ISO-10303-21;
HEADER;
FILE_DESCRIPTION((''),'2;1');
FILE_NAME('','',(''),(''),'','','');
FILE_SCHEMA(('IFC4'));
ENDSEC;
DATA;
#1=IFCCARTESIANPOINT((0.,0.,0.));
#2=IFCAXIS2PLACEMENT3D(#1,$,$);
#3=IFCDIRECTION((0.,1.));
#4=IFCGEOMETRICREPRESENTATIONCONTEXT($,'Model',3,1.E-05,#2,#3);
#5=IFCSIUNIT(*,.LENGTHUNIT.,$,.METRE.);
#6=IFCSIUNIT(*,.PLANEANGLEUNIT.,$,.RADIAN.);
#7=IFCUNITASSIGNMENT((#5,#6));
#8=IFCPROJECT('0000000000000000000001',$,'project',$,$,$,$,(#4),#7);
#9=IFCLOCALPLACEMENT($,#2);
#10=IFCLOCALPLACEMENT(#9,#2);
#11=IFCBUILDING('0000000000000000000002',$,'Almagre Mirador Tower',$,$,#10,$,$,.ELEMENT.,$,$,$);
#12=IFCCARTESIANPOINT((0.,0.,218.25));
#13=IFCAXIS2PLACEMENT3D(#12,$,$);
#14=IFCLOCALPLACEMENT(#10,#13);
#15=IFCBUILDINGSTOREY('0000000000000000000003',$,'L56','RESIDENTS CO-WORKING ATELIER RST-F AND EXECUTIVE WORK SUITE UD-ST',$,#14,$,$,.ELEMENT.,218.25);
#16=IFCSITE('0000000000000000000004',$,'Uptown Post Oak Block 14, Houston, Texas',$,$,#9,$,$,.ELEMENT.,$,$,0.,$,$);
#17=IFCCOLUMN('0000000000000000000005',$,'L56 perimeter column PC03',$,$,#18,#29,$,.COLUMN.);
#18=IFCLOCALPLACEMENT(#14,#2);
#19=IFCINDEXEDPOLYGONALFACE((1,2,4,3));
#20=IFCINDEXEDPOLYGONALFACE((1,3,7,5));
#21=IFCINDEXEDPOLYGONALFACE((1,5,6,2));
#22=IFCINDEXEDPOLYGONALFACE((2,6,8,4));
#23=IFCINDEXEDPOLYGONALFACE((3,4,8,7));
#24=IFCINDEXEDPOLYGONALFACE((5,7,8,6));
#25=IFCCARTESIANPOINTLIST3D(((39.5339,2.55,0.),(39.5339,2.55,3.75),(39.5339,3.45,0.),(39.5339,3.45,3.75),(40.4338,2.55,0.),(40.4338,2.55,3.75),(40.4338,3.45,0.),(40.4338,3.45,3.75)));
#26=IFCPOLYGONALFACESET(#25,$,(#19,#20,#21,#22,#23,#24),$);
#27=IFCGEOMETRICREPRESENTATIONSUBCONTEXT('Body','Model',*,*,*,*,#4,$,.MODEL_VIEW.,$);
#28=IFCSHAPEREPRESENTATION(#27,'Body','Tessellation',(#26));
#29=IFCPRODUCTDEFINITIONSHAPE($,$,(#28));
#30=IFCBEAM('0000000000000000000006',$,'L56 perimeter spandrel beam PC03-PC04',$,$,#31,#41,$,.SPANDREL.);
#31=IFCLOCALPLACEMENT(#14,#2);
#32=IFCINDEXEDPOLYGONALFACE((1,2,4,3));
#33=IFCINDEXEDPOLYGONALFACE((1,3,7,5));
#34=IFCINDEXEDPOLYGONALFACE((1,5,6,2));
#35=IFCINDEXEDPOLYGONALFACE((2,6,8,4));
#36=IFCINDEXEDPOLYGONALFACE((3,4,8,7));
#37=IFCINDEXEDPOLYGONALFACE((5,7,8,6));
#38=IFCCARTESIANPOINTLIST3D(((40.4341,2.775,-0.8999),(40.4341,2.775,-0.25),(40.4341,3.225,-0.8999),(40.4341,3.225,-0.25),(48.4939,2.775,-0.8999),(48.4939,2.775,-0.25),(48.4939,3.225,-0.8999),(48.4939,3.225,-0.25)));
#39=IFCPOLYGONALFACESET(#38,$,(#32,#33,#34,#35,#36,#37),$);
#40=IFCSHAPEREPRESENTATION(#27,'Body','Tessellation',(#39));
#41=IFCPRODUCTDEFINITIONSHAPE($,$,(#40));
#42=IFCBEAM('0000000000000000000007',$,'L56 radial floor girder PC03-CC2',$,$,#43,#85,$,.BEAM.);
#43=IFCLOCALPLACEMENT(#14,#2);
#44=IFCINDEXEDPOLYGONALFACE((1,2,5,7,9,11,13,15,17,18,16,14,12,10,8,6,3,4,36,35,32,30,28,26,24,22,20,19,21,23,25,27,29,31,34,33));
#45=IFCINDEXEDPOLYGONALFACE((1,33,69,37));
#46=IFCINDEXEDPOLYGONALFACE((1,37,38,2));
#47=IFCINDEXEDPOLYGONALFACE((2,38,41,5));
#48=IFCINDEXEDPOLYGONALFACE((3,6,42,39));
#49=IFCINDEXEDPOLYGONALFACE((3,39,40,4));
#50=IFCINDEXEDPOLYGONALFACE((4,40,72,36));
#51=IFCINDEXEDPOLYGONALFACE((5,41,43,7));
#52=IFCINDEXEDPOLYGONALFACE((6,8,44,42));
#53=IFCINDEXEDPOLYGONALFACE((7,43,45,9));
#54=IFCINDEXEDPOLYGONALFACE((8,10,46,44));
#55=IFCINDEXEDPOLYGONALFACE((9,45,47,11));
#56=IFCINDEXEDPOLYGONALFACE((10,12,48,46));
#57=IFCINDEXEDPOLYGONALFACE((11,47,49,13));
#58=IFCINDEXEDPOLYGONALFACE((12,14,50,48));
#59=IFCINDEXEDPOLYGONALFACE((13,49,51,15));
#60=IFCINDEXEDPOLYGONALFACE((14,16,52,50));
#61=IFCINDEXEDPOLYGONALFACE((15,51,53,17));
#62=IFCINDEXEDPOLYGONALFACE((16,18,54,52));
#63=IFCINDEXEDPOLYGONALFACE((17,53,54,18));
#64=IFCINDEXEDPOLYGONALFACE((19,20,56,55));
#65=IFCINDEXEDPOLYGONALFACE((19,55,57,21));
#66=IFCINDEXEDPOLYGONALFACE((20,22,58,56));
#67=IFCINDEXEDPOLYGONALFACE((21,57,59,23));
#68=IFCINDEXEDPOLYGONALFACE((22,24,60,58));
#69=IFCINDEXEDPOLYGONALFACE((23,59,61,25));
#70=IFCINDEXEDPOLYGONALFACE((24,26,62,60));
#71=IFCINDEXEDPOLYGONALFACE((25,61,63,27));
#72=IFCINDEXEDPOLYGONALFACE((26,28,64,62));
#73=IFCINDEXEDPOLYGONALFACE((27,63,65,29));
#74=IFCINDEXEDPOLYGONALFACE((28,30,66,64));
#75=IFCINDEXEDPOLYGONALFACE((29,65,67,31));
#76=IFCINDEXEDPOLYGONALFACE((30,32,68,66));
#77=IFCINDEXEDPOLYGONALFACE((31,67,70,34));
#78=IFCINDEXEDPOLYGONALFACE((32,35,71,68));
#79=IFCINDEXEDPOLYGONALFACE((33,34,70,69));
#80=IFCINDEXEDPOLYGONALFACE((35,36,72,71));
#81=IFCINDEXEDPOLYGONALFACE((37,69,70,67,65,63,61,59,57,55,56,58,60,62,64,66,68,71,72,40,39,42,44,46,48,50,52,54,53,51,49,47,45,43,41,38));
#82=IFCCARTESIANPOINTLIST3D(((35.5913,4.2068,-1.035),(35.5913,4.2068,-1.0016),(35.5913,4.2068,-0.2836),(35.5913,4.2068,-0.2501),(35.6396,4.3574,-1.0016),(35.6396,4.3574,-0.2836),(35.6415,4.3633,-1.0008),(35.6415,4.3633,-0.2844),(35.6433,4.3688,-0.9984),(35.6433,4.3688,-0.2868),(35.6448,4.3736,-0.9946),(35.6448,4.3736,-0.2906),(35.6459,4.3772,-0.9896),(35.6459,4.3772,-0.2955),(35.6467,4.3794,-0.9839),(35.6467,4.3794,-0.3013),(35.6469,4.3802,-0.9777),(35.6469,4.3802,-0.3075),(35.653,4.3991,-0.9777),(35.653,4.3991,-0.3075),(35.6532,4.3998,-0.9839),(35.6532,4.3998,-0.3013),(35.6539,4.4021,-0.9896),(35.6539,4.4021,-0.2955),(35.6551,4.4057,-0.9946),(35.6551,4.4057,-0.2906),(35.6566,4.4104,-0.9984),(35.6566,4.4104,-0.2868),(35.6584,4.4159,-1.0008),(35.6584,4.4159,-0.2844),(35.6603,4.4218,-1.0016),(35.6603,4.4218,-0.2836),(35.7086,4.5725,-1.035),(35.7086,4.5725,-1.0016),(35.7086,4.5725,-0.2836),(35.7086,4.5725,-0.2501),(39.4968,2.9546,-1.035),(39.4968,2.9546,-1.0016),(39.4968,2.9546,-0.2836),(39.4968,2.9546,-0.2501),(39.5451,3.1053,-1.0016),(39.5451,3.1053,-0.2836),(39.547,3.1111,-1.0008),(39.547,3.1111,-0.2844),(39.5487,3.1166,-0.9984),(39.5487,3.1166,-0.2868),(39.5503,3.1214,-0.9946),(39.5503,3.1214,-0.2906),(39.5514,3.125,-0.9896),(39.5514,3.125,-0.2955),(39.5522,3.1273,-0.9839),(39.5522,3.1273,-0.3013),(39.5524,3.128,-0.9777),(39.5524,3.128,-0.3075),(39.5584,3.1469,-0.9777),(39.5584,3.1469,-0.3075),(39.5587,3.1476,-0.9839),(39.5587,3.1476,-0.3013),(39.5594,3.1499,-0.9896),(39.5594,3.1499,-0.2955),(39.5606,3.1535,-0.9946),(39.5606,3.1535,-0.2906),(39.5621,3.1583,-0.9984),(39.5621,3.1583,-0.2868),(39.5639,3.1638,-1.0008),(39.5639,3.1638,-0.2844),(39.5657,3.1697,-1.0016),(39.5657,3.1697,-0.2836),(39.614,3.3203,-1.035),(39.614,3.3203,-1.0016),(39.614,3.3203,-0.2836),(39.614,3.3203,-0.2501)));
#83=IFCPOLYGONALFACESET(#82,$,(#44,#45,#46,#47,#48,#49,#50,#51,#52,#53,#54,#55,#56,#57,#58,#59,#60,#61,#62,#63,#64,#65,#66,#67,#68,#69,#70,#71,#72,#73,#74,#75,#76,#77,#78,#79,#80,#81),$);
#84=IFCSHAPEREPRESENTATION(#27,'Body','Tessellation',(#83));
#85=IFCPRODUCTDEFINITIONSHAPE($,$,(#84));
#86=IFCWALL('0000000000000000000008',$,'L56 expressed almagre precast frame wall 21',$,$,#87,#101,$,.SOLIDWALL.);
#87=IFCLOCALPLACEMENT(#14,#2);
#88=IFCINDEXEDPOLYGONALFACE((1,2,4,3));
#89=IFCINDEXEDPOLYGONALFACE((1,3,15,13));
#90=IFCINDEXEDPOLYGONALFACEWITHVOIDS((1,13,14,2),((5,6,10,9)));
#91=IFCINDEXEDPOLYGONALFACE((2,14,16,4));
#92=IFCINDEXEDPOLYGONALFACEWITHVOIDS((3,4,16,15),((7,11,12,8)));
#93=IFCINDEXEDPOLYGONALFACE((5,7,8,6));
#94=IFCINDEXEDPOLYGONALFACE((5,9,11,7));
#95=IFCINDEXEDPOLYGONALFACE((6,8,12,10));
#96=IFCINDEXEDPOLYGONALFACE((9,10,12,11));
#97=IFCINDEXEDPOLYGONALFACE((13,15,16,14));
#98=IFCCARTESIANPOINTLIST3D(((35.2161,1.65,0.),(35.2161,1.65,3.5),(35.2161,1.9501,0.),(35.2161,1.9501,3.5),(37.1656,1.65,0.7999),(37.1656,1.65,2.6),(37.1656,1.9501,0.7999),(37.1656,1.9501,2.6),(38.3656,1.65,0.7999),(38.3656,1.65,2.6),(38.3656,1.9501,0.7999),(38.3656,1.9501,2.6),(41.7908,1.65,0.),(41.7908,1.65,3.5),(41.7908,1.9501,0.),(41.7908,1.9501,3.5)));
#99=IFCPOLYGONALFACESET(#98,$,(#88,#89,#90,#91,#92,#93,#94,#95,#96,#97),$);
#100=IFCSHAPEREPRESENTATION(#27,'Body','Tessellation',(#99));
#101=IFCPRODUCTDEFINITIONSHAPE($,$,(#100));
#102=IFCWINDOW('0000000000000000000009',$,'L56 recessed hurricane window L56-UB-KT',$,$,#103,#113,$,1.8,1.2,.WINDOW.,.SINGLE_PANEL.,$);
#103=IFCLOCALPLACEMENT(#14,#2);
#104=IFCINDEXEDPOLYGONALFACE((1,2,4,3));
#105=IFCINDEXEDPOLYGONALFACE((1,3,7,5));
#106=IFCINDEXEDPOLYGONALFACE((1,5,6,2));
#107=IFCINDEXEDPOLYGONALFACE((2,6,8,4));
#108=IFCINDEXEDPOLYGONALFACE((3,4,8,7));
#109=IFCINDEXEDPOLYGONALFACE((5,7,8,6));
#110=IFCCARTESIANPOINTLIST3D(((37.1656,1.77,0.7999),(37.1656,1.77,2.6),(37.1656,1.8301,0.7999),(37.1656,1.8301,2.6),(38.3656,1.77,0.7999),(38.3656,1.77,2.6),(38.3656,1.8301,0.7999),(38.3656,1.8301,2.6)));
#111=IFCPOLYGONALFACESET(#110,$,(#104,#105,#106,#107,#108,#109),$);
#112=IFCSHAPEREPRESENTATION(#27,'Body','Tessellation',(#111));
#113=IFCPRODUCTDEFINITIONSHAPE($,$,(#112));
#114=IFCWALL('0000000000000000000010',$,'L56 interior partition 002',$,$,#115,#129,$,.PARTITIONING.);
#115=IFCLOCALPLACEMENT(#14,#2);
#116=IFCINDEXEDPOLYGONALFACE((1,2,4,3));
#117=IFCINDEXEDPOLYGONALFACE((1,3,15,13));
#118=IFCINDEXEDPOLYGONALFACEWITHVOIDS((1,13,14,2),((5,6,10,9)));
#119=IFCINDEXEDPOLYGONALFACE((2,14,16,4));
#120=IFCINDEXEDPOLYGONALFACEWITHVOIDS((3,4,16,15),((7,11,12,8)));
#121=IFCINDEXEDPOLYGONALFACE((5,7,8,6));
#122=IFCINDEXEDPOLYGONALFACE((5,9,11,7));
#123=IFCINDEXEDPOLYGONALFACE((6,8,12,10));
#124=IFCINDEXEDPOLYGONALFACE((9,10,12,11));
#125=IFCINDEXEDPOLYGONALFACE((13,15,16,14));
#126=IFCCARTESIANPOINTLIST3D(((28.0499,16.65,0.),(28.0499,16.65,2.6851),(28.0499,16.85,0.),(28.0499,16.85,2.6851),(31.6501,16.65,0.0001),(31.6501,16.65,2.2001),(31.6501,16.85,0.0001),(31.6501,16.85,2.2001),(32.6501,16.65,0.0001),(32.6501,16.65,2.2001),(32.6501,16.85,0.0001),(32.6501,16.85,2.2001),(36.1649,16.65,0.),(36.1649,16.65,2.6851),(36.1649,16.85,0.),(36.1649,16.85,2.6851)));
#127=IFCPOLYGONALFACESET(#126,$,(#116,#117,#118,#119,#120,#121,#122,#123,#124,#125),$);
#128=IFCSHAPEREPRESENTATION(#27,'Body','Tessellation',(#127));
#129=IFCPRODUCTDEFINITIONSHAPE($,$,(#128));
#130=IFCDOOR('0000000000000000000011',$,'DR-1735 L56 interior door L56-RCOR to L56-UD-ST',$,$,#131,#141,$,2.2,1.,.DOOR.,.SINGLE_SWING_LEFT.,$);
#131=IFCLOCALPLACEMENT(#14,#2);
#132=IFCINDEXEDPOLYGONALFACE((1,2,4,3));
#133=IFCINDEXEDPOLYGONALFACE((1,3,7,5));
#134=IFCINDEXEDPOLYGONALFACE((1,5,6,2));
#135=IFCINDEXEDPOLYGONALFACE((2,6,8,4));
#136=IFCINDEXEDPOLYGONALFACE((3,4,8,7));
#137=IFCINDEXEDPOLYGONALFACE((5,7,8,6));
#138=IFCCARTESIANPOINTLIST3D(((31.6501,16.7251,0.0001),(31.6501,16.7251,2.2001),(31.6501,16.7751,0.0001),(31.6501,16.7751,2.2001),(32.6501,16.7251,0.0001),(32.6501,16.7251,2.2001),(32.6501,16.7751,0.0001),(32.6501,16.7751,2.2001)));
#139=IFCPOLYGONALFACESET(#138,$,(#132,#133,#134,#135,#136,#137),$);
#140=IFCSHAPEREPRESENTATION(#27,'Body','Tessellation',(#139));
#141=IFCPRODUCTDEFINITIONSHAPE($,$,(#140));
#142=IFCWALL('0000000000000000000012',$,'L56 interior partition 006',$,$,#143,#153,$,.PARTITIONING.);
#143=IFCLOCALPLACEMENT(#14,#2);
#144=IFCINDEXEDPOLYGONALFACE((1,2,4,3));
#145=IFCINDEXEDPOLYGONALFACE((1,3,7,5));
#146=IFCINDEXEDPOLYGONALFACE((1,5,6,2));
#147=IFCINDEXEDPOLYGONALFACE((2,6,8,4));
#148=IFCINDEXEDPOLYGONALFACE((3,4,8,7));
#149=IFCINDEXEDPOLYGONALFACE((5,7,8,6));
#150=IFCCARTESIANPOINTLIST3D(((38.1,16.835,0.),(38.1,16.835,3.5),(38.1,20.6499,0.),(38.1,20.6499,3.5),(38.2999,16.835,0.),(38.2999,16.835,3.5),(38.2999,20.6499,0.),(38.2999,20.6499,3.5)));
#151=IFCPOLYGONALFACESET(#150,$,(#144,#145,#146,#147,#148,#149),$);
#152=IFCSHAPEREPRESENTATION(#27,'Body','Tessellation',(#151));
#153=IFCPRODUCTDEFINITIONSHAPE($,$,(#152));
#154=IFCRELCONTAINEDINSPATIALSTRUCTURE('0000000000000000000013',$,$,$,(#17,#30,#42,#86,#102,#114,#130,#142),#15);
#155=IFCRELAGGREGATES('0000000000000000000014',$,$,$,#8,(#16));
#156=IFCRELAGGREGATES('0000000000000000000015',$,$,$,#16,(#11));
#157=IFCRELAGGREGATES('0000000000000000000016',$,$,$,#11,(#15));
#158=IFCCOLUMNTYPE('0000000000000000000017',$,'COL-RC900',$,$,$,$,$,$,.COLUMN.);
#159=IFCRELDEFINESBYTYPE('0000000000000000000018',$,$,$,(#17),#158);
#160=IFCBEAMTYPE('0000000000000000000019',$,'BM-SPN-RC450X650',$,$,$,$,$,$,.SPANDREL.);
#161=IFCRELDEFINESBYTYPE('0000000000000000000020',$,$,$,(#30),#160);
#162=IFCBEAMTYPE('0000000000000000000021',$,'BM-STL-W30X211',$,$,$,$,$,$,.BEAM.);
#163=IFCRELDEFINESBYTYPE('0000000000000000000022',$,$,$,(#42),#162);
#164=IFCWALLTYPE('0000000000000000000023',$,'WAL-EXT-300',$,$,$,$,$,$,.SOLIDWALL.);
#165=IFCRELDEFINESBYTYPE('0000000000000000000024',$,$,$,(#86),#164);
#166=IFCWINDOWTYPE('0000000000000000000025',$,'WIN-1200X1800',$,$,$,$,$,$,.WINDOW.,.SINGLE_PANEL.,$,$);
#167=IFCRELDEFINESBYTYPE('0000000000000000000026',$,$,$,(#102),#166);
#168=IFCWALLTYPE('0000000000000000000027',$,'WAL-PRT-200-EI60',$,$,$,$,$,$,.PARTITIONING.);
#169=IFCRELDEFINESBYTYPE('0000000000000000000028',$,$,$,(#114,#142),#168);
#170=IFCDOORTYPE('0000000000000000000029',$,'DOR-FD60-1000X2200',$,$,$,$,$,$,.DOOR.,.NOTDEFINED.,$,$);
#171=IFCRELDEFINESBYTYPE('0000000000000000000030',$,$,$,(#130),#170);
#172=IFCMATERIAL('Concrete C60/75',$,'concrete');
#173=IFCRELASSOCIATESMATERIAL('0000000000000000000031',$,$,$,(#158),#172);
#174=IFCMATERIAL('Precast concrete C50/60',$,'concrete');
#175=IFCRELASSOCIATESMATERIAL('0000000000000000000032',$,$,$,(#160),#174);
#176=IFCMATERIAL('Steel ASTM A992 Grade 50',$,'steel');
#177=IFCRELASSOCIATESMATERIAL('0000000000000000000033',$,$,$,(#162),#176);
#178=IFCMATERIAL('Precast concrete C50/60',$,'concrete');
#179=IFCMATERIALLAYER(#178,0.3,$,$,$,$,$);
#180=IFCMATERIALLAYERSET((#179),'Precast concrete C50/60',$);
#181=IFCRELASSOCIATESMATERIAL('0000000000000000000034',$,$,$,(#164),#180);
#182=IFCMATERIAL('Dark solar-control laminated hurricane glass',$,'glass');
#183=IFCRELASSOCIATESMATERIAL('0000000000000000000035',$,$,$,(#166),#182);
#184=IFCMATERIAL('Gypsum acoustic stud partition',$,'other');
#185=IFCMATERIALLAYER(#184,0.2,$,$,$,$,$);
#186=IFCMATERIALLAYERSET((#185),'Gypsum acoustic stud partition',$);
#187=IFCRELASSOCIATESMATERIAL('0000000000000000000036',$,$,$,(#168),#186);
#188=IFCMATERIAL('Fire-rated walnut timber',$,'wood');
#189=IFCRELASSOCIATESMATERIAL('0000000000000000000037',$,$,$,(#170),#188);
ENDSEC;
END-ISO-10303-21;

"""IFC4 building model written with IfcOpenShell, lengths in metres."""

from ifc_helpers import new_model, si_unit, direction, frame, frame_2d, origin, origin_2d, place, context, subcontext, project, spatial, rectangle, i_section, extrude, material, layer, layer_set, material_profile, profile_set, type_object, element, fill, save


model = new_model("IFC4")

# Units and contexts
model_context = context("Model", 3, precision=1e-05, world=origin(), true_north=direction((0.0, 1.0)))
body_context = subcontext(model_context, "Body", "Model", "MODEL_VIEW")
ifc_project = project(units=[si_unit("LENGTHUNIT", "METRE"), si_unit("PLANEANGLEUNIT", "RADIAN")], contexts=[model_context])

# Site, building, storey
site_placement = place(None, origin())
site = spatial("IfcSite", under=ifc_project, at=site_placement, Name="Uptown Post Oak Block 14, Houston, Texas", CompositionType="ELEMENT", RefElevation=0.0)
building_placement = place(site_placement, origin())
building = spatial("IfcBuilding", under=site, at=building_placement, Name="Almagre Mirador Tower", CompositionType="ELEMENT")
storey_placement = place(building_placement, frame((0.0, 0.0, 218.25)))
storey = spatial("IfcBuildingStorey", under=building, at=storey_placement, Name="L56", Description="RESIDENTS CO-WORKING ATELIER RST-F AND EXECUTIVE WORK SUITE UD-ST", CompositionType="ELEMENT", Elevation=218.25)

# Column
ifc_material_1 = material(Name="Concrete C60/75", Category="concrete")
ifc_material_profile_1 = material_profile(ifc_material_1, rectangle(XDim=0.8999, YDim=0.8999, at=origin_2d()), Name="RC900X900")
ifc_profile_set_1 = profile_set([ifc_material_profile_1], Name="Concrete C60/75")
column_type = type_object("IfcColumnType", Name="COL-RC900", PredefinedType="COLUMN", material=ifc_profile_set_1)
column_placement = place(storey_placement, frame((39.9839, 3.0, 0.0), z_axis=(0.0, 0.0, 1.0), x_axis=(1.0, 0.0, 0.0)))
element("IfcColumn", 1, at=column_placement, inside=storey, type_object=column_type, Name="L56 perimeter column PC03", PredefinedType="COLUMN", context=body_context, shape_type="SweptSolid", body=[
    extrude(rectangle(XDim=0.8999, YDim=0.8999, at=origin_2d()), origin(), (0.0, 0.0, 1.0), 3.75),
])

# Beams
ifc_material_2 = material(Name="Precast concrete C50/60", Category="concrete")
ifc_material_profile_2 = material_profile(ifc_material_2, rectangle(XDim=0.45, YDim=0.6499, at=origin_2d()), Name="RC450X650")
ifc_profile_set_2 = profile_set([ifc_material_profile_2], Name="Precast concrete C50/60")
beam_type_1 = type_object("IfcBeamType", Name="BM-SPN-RC450X650", PredefinedType="SPANDREL", material=ifc_profile_set_2)
beam_1_placement = place(storey_placement, frame((40.4341, 3.0, -0.575), z_axis=(1.0, 0.0, 0.0), x_axis=(0.0, 1.0, 0.0)))
element("IfcBeam", 2, at=beam_1_placement, inside=storey, type_object=beam_type_1, Name="L56 perimeter spandrel beam PC03-PC04", PredefinedType="SPANDREL", context=body_context, shape_type="SweptSolid", body=[
    extrude(rectangle(XDim=0.45, YDim=0.6499, at=origin_2d()), origin(), (0.0, 0.0, 1.0), 8.0598),
])
ifc_material_3 = material(Name="Steel ASTM A992 Grade 50", Category="steel")
ifc_material_profile_3 = material_profile(ifc_material_3, i_section(OverallWidth=0.384, OverallDepth=0.7849, WebThickness=0.0198, FlangeThickness=0.0334, FilletRadius=0.0239, at=origin_2d()), Name="W30X211")
ifc_profile_set_3 = profile_set([ifc_material_profile_3], Name="Steel ASTM A992 Grade 50")
beam_type_2 = type_object("IfcBeamType", Name="BM-STL-W30X211", PredefinedType="BEAM", material=ifc_profile_set_3)
beam_2_placement = place(storey_placement, frame((39.5554, 3.1375, -0.6426), z_axis=(-0.952252, 0.305313, 0.0), x_axis=(-0.305313, -0.952252, 0.0)))
element("IfcBeam", 3, at=beam_2_placement, inside=storey, type_object=beam_type_2, Name="L56 radial floor girder PC03-CC2", PredefinedType="BEAM", context=body_context, shape_type="SweptSolid", body=[
    extrude(i_section(OverallWidth=0.384, OverallDepth=0.7849, WebThickness=0.0198, FlangeThickness=0.0334, FilletRadius=0.0239, at=origin_2d()), origin(), (0.0, 0.0, 1.0), 4.1013),
])

# Wall, opening, window
ifc_material_4 = material(Name="Precast concrete C50/60", Category="concrete")
ifc_layer_1 = layer(ifc_material_4, 0.3)
ifc_layer_set_1 = layer_set([ifc_layer_1], Name="Precast concrete C50/60")
wall_type_1 = type_object("IfcWallType", Name="WAL-EXT-300", PredefinedType="SOLIDWALL", material=ifc_layer_set_1)
wall_1_placement = place(storey_placement, frame((41.7908, 1.8, 0.0), z_axis=(0.0, 0.0, 1.0), x_axis=(-1.0, 0.0, 0.0)))
wall_1 = element("IfcWall", 4, at=wall_1_placement, inside=storey, type_object=wall_type_1, Name="L56 expressed almagre precast frame wall 21", PredefinedType="SOLIDWALL", context=body_context, shape_type="SweptSolid", body=[
    extrude(rectangle(XDim=6.5747, YDim=0.3, at=frame_2d((3.2874, 0.0))), origin(), (0.0, 0.0, 1.0), 3.5),
])
opening_1_placement = place(wall_1_placement, frame((3.425, 0.0, 0.8)))
opening_1 = element("IfcOpeningElement", 5, at=opening_1_placement, cuts=wall_1, PredefinedType="OPENING", context=body_context, shape_type="SweptSolid", body=[
    extrude(rectangle(XDim=1.2, YDim=1.8, at=frame_2d((0.6001, 0.8999))), frame((0.0, 0.1599, 0.0), z_axis=(0.0, -1.0, 0.0), x_axis=(1.0, 0.0, 0.0)), (0.0, 0.0, 1.0), 0.32),
])
ifc_material_5 = material(Name="Dark solar-control laminated hurricane glass", Category="glass")
window_type = type_object("IfcWindowType", Name="WIN-1200X1800", PartitioningType="SINGLE_PANEL", PredefinedType="WINDOW", material=ifc_material_5)
window_placement = place(opening_1_placement, origin())
window = element("IfcWindow", 6, at=window_placement, inside=storey, type_object=window_type, Name="L56 recessed hurricane window L56-UB-KT", OverallHeight=1.8, OverallWidth=1.2, PartitioningType="SINGLE_PANEL", PredefinedType="WINDOW", context=body_context, shape_type="SweptSolid", body=[
    extrude(rectangle(XDim=1.2, YDim=1.8, at=frame_2d((0.6001, 0.8999))), frame((0.0, 0.03, 0.0), z_axis=(0.0, -1.0, 0.0), x_axis=(1.0, 0.0, 0.0)), (0.0, 0.0, 1.0), 0.0601),
])
fill(opening_1, window)

# Wall, opening, door
ifc_material_6 = material(Name="Gypsum acoustic stud partition", Category="other")
ifc_layer_2 = layer(ifc_material_6, 0.2)
ifc_layer_set_2 = layer_set([ifc_layer_2], Name="Gypsum acoustic stud partition")
wall_type_2 = type_object("IfcWallType", Name="WAL-PRT-200-EI60", PredefinedType="PARTITIONING", material=ifc_layer_set_2)
wall_2_placement = place(storey_placement, frame((36.165, 16.75, 0.0), z_axis=(0.0, 0.0, 1.0), x_axis=(-1.0, 0.0, 0.0)))
wall_2 = element("IfcWall", 7, at=wall_2_placement, inside=storey, type_object=wall_type_2, Name="L56 interior partition 002", PredefinedType="PARTITIONING", context=body_context, shape_type="SweptSolid", body=[
    extrude(rectangle(XDim=8.115, YDim=0.2, at=frame_2d((4.0576, 0.0))), origin(), (0.0, 0.0, 1.0), 2.6851),
])
opening_2_placement = place(wall_2_placement, frame((3.5149, 0.0, 0.0)))
opening_2 = element("IfcOpeningElement", 8, at=opening_2_placement, cuts=wall_2, PredefinedType="OPENING", context=body_context, shape_type="SweptSolid", body=[
    extrude(rectangle(XDim=1.0, YDim=2.2, at=frame_2d((0.5, 1.1001))), frame((0.0, 0.1101, 0.0), z_axis=(0.0, -1.0, 0.0), x_axis=(1.0, 0.0, 0.0)), (0.0, 0.0, 1.0), 0.22),
])
ifc_material_7 = material(Name="Fire-rated walnut timber", Category="wood")
door_type_1 = type_object("IfcDoorType", Name="DOR-FD60-1000X2200", OperationType="NOTDEFINED", PredefinedType="DOOR", material=ifc_material_7)
door_1_placement = place(opening_2_placement, origin())
door_1 = element("IfcDoor", 9, at=door_1_placement, inside=storey, type_object=door_type_1, Name="DR-1735 L56 interior door L56-RCOR to L56-UD-ST", OperationType="SINGLE_SWING_LEFT", OverallHeight=2.2, OverallWidth=1.0, PredefinedType="DOOR", context=body_context, shape_type="SweptSolid", body=[
    extrude(rectangle(XDim=1.0, YDim=2.2, at=frame_2d((0.5, 1.1001))), frame((0.0, 0.0249, 0.0), z_axis=(0.0, -1.0, 0.0), x_axis=(1.0, 0.0, 0.0)), (0.0, 0.0, 1.0), 0.05),
])
fill(opening_2, door_1)

# Wall
wall_3_placement = place(storey_placement, frame((38.2, 16.835, 0.0), z_axis=(0.0, 0.0, 1.0), x_axis=(0.0, 1.0, 0.0)))
element("IfcWall", 10, at=wall_3_placement, inside=storey, type_object=wall_type_2, Name="L56 interior partition 006", PredefinedType="PARTITIONING", context=body_context, shape_type="SweptSolid", body=[
    extrude(rectangle(XDim=3.8149, YDim=0.2, at=frame_2d((1.9075, 0.0))), origin(), (0.0, 0.0, 1.0), 3.5),
])

save(model, "model.ifc")
